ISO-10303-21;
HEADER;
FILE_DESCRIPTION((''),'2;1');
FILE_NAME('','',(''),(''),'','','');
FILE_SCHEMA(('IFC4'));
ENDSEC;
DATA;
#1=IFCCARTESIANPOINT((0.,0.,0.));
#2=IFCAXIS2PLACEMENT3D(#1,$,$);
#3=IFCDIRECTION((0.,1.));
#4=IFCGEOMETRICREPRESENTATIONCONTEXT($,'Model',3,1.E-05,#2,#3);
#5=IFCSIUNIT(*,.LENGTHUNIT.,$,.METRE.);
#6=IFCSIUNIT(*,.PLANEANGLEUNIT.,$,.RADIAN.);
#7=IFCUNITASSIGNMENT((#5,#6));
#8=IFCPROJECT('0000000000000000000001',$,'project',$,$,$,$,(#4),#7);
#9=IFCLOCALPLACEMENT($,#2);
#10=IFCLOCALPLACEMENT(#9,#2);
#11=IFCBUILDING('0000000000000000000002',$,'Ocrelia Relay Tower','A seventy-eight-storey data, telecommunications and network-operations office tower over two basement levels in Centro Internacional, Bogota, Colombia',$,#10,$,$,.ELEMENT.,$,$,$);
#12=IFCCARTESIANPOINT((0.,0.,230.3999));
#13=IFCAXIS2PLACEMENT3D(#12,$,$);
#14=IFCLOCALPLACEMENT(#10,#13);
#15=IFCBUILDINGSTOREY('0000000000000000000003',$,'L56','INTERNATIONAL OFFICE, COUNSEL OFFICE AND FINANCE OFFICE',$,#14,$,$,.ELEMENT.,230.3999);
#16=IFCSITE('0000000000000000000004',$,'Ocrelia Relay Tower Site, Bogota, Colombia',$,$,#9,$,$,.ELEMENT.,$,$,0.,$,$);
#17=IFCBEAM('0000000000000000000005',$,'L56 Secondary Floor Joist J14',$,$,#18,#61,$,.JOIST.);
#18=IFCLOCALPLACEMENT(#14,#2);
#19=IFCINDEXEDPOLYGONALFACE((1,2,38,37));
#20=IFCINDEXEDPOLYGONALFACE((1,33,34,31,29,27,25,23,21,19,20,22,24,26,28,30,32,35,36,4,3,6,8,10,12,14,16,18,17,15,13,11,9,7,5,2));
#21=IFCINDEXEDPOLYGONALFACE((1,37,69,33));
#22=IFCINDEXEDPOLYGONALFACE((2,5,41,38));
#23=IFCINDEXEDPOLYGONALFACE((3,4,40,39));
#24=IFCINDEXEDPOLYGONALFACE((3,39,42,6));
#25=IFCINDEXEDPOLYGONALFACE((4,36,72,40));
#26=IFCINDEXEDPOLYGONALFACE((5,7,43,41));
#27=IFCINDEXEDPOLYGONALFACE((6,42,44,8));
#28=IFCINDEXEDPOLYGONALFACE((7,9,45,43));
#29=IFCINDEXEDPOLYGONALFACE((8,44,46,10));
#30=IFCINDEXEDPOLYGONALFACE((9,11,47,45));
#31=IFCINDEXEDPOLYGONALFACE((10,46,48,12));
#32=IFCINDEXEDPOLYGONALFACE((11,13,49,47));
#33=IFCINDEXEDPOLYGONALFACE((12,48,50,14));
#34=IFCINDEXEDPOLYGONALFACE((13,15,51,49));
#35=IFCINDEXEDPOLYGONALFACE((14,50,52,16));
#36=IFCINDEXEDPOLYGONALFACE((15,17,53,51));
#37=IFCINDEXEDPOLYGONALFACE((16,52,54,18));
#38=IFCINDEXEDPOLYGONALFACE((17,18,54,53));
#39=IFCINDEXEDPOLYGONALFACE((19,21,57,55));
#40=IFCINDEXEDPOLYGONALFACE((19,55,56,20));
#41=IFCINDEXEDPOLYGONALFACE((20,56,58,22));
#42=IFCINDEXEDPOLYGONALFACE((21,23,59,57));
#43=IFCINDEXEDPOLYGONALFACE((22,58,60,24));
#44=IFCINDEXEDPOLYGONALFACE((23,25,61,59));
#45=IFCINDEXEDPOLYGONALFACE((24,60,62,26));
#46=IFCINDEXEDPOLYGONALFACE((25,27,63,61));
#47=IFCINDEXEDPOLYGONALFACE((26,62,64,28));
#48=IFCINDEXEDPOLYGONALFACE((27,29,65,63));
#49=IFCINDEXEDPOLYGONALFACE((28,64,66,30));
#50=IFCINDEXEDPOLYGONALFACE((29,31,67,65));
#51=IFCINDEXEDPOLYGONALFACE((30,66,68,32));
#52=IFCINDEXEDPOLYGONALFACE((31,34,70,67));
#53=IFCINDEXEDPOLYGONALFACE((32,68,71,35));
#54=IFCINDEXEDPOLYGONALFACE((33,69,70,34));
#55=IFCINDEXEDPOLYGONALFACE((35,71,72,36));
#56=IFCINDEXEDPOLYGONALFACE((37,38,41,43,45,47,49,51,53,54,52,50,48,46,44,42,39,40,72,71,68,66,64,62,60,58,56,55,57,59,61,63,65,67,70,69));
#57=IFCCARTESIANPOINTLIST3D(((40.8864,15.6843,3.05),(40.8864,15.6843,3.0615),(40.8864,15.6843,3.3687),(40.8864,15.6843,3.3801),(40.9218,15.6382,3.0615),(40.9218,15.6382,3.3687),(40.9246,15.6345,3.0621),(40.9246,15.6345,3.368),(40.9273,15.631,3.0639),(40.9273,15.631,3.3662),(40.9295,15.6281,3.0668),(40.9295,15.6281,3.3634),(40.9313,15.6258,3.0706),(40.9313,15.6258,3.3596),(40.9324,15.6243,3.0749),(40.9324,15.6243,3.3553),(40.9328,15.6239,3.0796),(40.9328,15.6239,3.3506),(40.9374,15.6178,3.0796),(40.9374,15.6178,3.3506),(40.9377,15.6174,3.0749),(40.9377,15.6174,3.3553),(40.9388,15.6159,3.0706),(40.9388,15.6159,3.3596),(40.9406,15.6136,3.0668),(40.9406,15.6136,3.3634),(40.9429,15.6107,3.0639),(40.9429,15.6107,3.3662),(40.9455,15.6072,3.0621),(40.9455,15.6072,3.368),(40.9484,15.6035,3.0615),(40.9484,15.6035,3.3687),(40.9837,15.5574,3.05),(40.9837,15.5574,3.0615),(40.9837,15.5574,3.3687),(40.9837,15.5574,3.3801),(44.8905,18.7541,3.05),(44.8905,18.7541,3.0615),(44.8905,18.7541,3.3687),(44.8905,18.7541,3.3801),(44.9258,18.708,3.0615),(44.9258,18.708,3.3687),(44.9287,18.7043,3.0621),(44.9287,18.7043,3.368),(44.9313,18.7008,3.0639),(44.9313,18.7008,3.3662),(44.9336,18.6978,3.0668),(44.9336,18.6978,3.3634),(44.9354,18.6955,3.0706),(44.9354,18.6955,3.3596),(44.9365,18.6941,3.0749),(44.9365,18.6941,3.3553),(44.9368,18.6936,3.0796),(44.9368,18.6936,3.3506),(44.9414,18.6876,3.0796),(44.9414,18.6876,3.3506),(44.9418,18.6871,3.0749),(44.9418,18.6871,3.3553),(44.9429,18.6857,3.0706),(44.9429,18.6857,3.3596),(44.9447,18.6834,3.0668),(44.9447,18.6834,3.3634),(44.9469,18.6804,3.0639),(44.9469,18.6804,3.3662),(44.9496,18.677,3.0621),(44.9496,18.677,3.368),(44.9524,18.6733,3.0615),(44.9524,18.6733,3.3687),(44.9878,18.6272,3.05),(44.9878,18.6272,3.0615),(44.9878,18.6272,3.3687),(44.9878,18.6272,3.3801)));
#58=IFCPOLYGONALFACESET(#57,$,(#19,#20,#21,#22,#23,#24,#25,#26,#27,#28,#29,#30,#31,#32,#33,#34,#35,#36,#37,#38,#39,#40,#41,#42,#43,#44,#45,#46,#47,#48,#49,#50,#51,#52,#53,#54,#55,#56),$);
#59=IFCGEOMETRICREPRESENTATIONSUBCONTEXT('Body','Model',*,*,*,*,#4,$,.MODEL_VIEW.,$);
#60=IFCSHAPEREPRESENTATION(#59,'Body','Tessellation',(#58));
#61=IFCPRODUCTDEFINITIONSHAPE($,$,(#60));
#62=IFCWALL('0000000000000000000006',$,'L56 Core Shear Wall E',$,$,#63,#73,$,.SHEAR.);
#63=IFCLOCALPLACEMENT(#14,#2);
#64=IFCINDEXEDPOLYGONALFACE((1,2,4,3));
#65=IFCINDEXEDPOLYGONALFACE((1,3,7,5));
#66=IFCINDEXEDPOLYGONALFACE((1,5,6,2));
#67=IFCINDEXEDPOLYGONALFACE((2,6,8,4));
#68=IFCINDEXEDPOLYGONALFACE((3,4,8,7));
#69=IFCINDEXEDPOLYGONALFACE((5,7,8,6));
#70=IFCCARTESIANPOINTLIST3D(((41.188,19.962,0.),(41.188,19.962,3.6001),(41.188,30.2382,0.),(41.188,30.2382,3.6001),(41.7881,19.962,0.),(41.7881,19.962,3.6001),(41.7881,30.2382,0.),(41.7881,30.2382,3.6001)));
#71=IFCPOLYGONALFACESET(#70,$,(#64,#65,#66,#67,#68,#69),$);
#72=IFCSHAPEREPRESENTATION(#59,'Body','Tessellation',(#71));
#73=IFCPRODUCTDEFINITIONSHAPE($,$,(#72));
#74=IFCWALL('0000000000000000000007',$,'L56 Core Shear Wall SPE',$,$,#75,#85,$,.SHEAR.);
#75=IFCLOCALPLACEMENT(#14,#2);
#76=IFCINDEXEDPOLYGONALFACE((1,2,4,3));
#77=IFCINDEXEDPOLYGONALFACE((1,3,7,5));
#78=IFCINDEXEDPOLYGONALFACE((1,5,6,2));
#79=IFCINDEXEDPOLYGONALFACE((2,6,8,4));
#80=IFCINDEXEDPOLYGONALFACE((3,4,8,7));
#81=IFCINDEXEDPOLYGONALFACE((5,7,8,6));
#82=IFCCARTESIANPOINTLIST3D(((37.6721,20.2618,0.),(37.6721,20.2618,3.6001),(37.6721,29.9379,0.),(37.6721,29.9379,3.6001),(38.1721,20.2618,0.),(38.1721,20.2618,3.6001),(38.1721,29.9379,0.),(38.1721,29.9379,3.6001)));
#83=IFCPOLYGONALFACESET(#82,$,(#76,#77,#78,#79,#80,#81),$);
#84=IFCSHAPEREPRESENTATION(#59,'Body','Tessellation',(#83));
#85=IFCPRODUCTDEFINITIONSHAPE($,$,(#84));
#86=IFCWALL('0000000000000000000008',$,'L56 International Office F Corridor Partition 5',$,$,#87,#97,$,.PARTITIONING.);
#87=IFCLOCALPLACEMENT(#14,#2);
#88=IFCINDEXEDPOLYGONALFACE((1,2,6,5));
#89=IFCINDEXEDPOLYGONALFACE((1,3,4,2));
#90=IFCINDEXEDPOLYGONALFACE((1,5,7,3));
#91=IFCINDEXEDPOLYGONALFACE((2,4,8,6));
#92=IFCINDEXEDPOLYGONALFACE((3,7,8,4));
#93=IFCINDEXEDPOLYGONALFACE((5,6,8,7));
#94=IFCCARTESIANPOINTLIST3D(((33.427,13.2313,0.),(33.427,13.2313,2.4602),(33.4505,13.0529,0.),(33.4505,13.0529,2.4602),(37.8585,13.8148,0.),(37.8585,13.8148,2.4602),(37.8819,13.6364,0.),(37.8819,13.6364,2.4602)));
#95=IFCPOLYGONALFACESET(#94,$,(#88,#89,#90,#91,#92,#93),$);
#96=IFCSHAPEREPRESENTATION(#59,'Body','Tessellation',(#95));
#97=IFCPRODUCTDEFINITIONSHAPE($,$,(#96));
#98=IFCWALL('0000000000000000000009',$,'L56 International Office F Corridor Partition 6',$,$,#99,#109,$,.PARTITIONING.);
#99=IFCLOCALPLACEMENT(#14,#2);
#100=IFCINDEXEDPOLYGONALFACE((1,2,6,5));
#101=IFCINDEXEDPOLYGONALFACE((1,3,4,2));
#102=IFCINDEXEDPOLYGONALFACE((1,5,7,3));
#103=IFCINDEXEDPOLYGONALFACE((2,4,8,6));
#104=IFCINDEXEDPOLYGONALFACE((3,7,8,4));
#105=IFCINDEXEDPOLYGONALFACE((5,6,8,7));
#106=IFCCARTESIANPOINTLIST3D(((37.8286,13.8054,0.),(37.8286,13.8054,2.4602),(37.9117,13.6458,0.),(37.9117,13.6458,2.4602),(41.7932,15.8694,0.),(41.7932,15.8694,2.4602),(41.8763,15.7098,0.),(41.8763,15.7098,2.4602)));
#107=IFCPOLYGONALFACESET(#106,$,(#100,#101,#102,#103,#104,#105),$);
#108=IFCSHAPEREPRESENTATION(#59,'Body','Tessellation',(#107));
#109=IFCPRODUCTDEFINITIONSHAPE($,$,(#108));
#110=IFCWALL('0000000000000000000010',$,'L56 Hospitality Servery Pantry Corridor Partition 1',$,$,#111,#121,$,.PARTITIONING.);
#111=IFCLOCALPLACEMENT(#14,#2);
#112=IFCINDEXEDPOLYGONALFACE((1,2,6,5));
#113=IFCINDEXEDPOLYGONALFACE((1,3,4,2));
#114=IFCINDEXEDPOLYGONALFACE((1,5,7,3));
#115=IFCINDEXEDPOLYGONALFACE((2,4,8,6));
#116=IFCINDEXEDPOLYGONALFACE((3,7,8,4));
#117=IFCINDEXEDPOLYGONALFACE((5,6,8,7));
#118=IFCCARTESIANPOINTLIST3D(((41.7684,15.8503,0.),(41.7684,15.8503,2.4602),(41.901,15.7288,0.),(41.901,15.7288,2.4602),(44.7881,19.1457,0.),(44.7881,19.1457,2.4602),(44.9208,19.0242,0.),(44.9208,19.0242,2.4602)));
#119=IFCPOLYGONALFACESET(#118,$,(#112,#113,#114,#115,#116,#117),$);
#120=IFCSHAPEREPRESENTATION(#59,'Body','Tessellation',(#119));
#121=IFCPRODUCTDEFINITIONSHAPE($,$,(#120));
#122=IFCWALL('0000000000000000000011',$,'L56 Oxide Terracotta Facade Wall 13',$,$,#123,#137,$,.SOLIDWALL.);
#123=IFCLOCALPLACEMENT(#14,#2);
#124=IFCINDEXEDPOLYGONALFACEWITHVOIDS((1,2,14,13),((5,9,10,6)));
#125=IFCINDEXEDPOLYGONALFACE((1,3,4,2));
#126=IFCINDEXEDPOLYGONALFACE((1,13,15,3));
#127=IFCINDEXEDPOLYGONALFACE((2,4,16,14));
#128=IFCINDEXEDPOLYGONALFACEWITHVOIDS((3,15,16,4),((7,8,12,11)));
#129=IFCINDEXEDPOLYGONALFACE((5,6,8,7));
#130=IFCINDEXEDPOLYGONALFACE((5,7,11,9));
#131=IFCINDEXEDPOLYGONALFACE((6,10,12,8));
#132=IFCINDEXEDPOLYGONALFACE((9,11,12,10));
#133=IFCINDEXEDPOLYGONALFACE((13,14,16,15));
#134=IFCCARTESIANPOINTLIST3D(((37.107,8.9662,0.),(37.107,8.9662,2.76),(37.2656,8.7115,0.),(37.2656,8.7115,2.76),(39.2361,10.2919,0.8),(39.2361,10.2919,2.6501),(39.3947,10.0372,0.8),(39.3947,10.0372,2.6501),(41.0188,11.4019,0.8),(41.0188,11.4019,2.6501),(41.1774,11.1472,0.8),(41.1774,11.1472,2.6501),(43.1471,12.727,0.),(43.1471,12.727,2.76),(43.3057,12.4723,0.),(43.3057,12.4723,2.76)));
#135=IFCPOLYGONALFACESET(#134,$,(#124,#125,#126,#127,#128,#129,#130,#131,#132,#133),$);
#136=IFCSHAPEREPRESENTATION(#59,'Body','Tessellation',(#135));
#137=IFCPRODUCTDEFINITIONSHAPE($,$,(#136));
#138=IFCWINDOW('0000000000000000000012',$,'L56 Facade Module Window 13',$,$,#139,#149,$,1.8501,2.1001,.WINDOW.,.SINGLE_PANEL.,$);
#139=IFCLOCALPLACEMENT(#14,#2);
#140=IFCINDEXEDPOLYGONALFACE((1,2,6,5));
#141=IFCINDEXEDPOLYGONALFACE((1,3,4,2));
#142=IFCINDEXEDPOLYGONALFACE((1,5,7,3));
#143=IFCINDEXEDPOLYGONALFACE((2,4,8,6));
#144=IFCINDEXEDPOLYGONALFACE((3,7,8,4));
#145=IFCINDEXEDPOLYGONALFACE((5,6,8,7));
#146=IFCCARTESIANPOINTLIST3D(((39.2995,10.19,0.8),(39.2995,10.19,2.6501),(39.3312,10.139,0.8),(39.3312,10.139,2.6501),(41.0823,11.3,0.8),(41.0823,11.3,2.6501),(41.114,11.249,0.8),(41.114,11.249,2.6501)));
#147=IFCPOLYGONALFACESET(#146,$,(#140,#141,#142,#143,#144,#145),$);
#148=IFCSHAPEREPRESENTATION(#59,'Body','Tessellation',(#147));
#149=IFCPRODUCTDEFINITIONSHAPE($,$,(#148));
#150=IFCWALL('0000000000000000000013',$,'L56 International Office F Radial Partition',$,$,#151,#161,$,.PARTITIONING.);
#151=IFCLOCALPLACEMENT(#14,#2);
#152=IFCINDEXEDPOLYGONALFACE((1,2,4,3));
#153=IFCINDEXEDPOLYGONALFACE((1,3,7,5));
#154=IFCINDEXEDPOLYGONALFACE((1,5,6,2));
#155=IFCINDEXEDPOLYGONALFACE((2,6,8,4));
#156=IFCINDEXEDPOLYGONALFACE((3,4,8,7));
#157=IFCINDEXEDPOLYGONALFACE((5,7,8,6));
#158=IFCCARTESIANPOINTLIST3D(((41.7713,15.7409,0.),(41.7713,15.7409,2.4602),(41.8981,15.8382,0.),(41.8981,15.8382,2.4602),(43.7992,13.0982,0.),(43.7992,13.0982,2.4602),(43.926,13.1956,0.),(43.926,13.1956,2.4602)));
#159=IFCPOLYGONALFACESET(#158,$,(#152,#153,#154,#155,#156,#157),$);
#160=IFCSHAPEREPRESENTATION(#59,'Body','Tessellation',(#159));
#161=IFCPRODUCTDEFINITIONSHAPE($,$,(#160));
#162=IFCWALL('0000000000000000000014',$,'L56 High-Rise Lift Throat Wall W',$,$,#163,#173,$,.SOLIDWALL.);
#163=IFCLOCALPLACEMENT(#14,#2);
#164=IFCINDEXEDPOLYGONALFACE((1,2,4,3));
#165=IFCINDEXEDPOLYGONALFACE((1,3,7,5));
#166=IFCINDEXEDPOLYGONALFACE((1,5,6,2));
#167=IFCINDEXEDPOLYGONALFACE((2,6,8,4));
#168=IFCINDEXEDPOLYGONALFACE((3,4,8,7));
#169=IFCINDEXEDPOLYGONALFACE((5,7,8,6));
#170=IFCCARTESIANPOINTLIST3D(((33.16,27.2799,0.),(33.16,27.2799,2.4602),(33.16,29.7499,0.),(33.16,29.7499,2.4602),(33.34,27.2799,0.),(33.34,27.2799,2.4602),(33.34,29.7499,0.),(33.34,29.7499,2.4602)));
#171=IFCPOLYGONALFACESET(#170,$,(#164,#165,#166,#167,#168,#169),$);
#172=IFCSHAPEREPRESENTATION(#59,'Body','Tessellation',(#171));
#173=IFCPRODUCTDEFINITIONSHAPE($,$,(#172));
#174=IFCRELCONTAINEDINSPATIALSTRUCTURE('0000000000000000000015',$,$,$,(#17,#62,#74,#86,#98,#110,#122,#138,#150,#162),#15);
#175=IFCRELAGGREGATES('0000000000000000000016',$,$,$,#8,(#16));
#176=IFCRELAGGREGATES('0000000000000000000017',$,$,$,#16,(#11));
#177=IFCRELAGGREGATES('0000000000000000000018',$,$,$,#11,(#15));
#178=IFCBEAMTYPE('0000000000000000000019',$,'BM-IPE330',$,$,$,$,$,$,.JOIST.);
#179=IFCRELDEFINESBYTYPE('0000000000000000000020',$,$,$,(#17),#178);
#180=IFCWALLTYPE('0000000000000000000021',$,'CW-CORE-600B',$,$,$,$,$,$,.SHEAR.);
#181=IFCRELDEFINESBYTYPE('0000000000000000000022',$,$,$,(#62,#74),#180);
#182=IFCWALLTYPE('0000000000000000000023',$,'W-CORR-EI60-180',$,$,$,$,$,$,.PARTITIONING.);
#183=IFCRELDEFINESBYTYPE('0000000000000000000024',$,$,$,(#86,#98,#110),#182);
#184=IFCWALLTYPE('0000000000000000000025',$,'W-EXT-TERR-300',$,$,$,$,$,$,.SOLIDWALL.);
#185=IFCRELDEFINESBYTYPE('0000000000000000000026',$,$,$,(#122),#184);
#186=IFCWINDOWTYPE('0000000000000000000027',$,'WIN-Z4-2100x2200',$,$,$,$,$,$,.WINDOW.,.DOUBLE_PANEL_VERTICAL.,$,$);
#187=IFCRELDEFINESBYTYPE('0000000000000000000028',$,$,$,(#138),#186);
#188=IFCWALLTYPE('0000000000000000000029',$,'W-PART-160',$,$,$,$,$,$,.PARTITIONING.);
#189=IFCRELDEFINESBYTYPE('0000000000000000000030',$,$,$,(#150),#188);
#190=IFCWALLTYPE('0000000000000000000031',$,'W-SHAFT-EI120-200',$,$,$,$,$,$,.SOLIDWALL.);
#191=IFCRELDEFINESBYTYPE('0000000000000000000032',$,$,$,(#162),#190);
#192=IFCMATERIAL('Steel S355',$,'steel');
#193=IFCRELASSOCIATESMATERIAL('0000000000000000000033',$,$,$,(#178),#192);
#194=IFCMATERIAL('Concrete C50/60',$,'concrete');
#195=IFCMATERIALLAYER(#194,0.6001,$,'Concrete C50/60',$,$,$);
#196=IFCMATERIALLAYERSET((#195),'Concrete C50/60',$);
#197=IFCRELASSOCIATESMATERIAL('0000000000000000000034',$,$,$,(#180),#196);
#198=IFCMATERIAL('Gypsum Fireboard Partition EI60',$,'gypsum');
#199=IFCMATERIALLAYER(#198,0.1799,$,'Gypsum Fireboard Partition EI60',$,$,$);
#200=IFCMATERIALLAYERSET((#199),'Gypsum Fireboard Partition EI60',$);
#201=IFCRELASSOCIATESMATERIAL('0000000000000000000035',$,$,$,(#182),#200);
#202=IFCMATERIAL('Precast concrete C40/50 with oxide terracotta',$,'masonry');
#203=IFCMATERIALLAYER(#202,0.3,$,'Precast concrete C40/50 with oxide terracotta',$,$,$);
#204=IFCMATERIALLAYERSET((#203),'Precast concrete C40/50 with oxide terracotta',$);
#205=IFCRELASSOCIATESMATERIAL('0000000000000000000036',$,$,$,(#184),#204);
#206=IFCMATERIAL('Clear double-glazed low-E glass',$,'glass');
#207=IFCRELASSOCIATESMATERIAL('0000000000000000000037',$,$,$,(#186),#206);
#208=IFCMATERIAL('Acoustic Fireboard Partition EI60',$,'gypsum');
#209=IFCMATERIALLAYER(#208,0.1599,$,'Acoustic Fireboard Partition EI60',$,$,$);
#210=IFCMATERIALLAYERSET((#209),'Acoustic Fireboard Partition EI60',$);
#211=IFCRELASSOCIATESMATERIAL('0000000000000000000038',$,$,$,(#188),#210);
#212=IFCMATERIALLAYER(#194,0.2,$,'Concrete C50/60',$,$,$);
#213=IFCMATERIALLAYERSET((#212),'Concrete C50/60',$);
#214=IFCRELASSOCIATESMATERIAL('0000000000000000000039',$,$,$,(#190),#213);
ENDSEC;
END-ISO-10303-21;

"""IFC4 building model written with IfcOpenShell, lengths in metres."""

from ifc_helpers import new_model, si_unit, direction, frame, frame_2d, origin, origin_2d, place, context, subcontext, project, spatial, rectangle, i_section, extrude, material, layer, layer_set, material_profile, profile_set, type_object, element, fill, save


model = new_model("IFC4")

# Units and contexts
model_context = context("Model", 3, precision=1e-05, world=origin(), true_north=direction((0.0, 1.0)))
body_context = subcontext(model_context, "Body", "Model", "MODEL_VIEW")
ifc_project = project(units=[si_unit("LENGTHUNIT", "METRE"), si_unit("PLANEANGLEUNIT", "RADIAN")], contexts=[model_context])

# Site, building, storey
site_placement = place(None, origin())
site = spatial("IfcSite", under=ifc_project, at=site_placement, Name="Ocrelia Relay Tower Site, Bogota, Colombia", CompositionType="ELEMENT", RefElevation=0.0)
building_placement = place(site_placement, origin())
building = spatial("IfcBuilding", under=site, at=building_placement, Name="Ocrelia Relay Tower", Description="A seventy-eight-storey data, telecommunications and network-operations office tower over two basement levels in Centro Internacional, Bogota, Colombia", CompositionType="ELEMENT")
storey_placement = place(building_placement, frame((0.0, 0.0, 230.3999)))
storey = spatial("IfcBuildingStorey", under=building, at=storey_placement, Name="L56", Description="INTERNATIONAL OFFICE, COUNSEL OFFICE AND FINANCE OFFICE", CompositionType="ELEMENT", Elevation=230.3999)

# Shared definitions
ifc_material_1 = material(Name="Concrete C50/60", Category="concrete")

# Beam
ifc_material_2 = material(Name="Steel S355", Category="steel")
ifc_material_profile_1 = material_profile(ifc_material_2, i_section(OverallWidth=0.1599, OverallDepth=0.3301, WebThickness=0.0076, FlangeThickness=0.0115, FilletRadius=0.0181, at=origin_2d()), Name="IPE 330")
ifc_profile_set_1 = profile_set([ifc_material_profile_1], Name="Steel S355")
beam_type_1 = type_object("IfcBeamType", Name="BM-IPE330", PredefinedType="JOIST", material=ifc_profile_set_1)
beam_1_placement = place(storey_placement, frame((40.9351, 15.6208, 3.2151), z_axis=(0.793609, 0.608428, 0.0), x_axis=(-0.608428, 0.793609, 0.0)))
element("IfcBeam", 1, at=beam_1_placement, inside=storey, type_object=beam_type_1, Name="L56 Secondary Floor Joist J14", PredefinedType="JOIST", context=body_context, shape_type="SweptSolid", body=[
    extrude(i_section(OverallWidth=0.1599, OverallDepth=0.3301, WebThickness=0.0076, FlangeThickness=0.0115, FilletRadius=0.0181, at=origin_2d()), origin(), (0.0, 0.0, 1.0), 5.0454),
])

# Walls
ifc_layer_1 = layer(ifc_material_1, 0.6001, Name="Concrete C50/60")
ifc_layer_set_1 = layer_set([ifc_layer_1], Name="Concrete C50/60")
wall_type_1 = type_object("IfcWallType", Name="CW-CORE-600B", PredefinedType="SHEAR", material=ifc_layer_set_1)
wall_1_placement = place(storey_placement, frame((41.488, 19.9619, 0.0), z_axis=(0.0, 0.0, 1.0), x_axis=(0.0, 1.0, 0.0)))
element("IfcWall", 2, at=wall_1_placement, inside=storey, type_object=wall_type_1, Name="L56 Core Shear Wall E", PredefinedType="SHEAR", context=body_context, shape_type="SweptSolid", body=[
    extrude(rectangle(XDim=10.2761, YDim=0.6001, at=frame_2d((5.1382, 0.0))), origin(), (0.0, 0.0, 1.0), 3.6001),
])
wall_2_placement = place(storey_placement, frame((37.9221, 20.262, 0.0), z_axis=(0.0, 0.0, 1.0), x_axis=(0.0, 1.0, 0.0)))
element("IfcWall", 3, at=wall_2_placement, inside=storey, type_object=wall_type_1, Name="L56 Core Shear Wall SPE", PredefinedType="SHEAR", context=body_context, shape_type="SweptSolid", body=[
    extrude(rectangle(XDim=9.676, YDim=0.5, at=frame_2d((4.8379, 0.0))), origin(), (0.0, 0.0, 1.0), 3.6001),
])
ifc_material_3 = material(Name="Gypsum Fireboard Partition EI60", Category="gypsum")
ifc_layer_2 = layer(ifc_material_3, 0.1799, Name="Gypsum Fireboard Partition EI60")
ifc_layer_set_2 = layer_set([ifc_layer_2], Name="Gypsum Fireboard Partition EI60")
wall_type_2 = type_object("IfcWallType", Name="W-CORR-EI60-180", PredefinedType="PARTITIONING", material=ifc_layer_set_2)
for number, where, z_axis, x_axis, name in (
    (4, (33.4387, 13.1421, 0.0), (0.0, 0.0, 1.0), (0.991442, 0.130546, 0.0), "L56 International Office F Corridor Partition 5"),
    (5, (37.8701, 13.7256, 0.0), (0.0, 0.0, 1.0), (0.886999, 0.461771, 0.0), "L56 International Office F Corridor Partition 6"),
    (6, (41.8347, 15.7896, 0.0), (0.0, 0.0, 1.0), (0.675601, 0.737267, 0.0), "L56 Hospitality Servery Pantry Corridor Partition 1"),
):
    element("IfcWall", number, at=place(storey_placement, frame(where, z_axis=z_axis, x_axis=x_axis)), inside=storey, type_object=wall_type_2, Name=name, PredefinedType="PARTITIONING", context=body_context, shape_type="SweptSolid", body=[
        extrude(rectangle(XDim=4.4697, YDim=0.1799, at=frame_2d((2.2349, 0.0))), origin(), (0.0, 0.0, 1.0), 2.4602),
    ])

# Wall, opening, window
ifc_material_4 = material(Name="Precast concrete C40/50 with oxide terracotta", Category="masonry")
ifc_layer_3 = layer(ifc_material_4, 0.3, Name="Precast concrete C40/50 with oxide terracotta")
ifc_layer_set_3 = layer_set([ifc_layer_3], Name="Precast concrete C40/50 with oxide terracotta")
wall_type_3 = type_object("IfcWallType", Name="W-EXT-TERR-300", PredefinedType="SOLIDWALL", material=ifc_layer_set_3)
wall_3_placement = place(storey_placement, frame((37.1863, 8.8389, 0.0), z_axis=(0.0, 0.0, 1.0), x_axis=(0.848899, 0.528555, 0.0)))
wall_3 = element("IfcWall", 7, at=wall_3_placement, inside=storey, type_object=wall_type_3, Name="L56 Oxide Terracotta Facade Wall 13", PredefinedType="SOLIDWALL", context=body_context, shape_type="SweptSolid", body=[
    extrude(rectangle(XDim=7.1152, YDim=0.3, at=frame_2d((3.5576, 0.0))), origin(), (0.0, 0.0, 1.0), 2.76),
])
opening_1_placement = place(wall_3_placement, frame((2.5081, 0.0, 0.8)))
opening_1 = element("IfcOpeningElement", 8, at=opening_1_placement, cuts=wall_3, PredefinedType="OPENING", context=body_context, shape_type="SweptSolid", body=[
    extrude(rectangle(XDim=2.1001, YDim=1.8501, at=frame_2d((1.05, 0.925))), frame((0.0, 0.1602, 0.0), z_axis=(0.0, -1.0, 0.0), x_axis=(1.0, 0.0, 0.0)), (0.0, 0.0, 1.0), 0.3201),
])
ifc_material_5 = material(Name="Clear double-glazed low-E glass", Category="glass")
window_type = type_object("IfcWindowType", Name="WIN-Z4-2100x2200", PartitioningType="DOUBLE_PANEL_VERTICAL", PredefinedType="WINDOW", material=ifc_material_5)
window_placement = place(opening_1_placement, origin())
window = element("IfcWindow", 9, at=window_placement, inside=storey, type_object=window_type, Name="L56 Facade Module Window 13", OverallHeight=1.8501, OverallWidth=2.1001, PartitioningType="SINGLE_PANEL", PredefinedType="WINDOW", context=body_context, shape_type="SweptSolid", body=[
    extrude(rectangle(XDim=2.1001, YDim=1.8501, at=frame_2d((1.05, 0.925))), frame((0.0, 0.03, 0.0), z_axis=(0.0, -1.0, 0.0), x_axis=(1.0, 0.0, 0.0)), (0.0, 0.0, 1.0), 0.0601),
])
fill(opening_1, window)

# Walls
ifc_material_6 = material(Name="Acoustic Fireboard Partition EI60", Category="gypsum")
ifc_layer_4 = layer(ifc_material_6, 0.1599, Name="Acoustic Fireboard Partition EI60")
ifc_layer_set_4 = layer_set([ifc_layer_4], Name="Acoustic Fireboard Partition EI60")
wall_type_4 = type_object("IfcWallType", Name="W-PART-160", PredefinedType="PARTITIONING", material=ifc_layer_set_4)
wall_4_placement = place(storey_placement, frame((41.8347, 15.7896, 0.0), z_axis=(0.0, 0.0, 1.0), x_axis=(0.608782, -0.793337, 0.0)))
element("IfcWall", 10, at=wall_4_placement, inside=storey, type_object=wall_type_4, Name="L56 International Office F Radial Partition", PredefinedType="PARTITIONING", context=body_context, shape_type="SweptSolid", body=[
    extrude(rectangle(XDim=3.3311, YDim=0.1599, at=frame_2d((1.6655, 0.0))), origin(), (0.0, 0.0, 1.0), 2.4602),
])
ifc_layer_5 = layer(ifc_material_1, 0.2, Name="Concrete C50/60")
ifc_layer_set_5 = layer_set([ifc_layer_5], Name="Concrete C50/60")
wall_type_5 = type_object("IfcWallType", Name="W-SHAFT-EI120-200", PredefinedType="SOLIDWALL", material=ifc_layer_set_5)
wall_5_placement = place(storey_placement, frame((33.25, 27.28, 0.0), z_axis=(0.0, 0.0, 1.0), x_axis=(0.0, 1.0, 0.0)))
element("IfcWall", 11, at=wall_5_placement, inside=storey, type_object=wall_type_5, Name="L56 High-Rise Lift Throat Wall W", PredefinedType="SOLIDWALL", context=body_context, shape_type="SweptSolid", body=[
    extrude(rectangle(XDim=2.47, YDim=0.1799, at=frame_2d((1.2349, 0.0))), origin(), (0.0, 0.0, 1.0), 2.4602),
])

save(model, "model.ifc")
